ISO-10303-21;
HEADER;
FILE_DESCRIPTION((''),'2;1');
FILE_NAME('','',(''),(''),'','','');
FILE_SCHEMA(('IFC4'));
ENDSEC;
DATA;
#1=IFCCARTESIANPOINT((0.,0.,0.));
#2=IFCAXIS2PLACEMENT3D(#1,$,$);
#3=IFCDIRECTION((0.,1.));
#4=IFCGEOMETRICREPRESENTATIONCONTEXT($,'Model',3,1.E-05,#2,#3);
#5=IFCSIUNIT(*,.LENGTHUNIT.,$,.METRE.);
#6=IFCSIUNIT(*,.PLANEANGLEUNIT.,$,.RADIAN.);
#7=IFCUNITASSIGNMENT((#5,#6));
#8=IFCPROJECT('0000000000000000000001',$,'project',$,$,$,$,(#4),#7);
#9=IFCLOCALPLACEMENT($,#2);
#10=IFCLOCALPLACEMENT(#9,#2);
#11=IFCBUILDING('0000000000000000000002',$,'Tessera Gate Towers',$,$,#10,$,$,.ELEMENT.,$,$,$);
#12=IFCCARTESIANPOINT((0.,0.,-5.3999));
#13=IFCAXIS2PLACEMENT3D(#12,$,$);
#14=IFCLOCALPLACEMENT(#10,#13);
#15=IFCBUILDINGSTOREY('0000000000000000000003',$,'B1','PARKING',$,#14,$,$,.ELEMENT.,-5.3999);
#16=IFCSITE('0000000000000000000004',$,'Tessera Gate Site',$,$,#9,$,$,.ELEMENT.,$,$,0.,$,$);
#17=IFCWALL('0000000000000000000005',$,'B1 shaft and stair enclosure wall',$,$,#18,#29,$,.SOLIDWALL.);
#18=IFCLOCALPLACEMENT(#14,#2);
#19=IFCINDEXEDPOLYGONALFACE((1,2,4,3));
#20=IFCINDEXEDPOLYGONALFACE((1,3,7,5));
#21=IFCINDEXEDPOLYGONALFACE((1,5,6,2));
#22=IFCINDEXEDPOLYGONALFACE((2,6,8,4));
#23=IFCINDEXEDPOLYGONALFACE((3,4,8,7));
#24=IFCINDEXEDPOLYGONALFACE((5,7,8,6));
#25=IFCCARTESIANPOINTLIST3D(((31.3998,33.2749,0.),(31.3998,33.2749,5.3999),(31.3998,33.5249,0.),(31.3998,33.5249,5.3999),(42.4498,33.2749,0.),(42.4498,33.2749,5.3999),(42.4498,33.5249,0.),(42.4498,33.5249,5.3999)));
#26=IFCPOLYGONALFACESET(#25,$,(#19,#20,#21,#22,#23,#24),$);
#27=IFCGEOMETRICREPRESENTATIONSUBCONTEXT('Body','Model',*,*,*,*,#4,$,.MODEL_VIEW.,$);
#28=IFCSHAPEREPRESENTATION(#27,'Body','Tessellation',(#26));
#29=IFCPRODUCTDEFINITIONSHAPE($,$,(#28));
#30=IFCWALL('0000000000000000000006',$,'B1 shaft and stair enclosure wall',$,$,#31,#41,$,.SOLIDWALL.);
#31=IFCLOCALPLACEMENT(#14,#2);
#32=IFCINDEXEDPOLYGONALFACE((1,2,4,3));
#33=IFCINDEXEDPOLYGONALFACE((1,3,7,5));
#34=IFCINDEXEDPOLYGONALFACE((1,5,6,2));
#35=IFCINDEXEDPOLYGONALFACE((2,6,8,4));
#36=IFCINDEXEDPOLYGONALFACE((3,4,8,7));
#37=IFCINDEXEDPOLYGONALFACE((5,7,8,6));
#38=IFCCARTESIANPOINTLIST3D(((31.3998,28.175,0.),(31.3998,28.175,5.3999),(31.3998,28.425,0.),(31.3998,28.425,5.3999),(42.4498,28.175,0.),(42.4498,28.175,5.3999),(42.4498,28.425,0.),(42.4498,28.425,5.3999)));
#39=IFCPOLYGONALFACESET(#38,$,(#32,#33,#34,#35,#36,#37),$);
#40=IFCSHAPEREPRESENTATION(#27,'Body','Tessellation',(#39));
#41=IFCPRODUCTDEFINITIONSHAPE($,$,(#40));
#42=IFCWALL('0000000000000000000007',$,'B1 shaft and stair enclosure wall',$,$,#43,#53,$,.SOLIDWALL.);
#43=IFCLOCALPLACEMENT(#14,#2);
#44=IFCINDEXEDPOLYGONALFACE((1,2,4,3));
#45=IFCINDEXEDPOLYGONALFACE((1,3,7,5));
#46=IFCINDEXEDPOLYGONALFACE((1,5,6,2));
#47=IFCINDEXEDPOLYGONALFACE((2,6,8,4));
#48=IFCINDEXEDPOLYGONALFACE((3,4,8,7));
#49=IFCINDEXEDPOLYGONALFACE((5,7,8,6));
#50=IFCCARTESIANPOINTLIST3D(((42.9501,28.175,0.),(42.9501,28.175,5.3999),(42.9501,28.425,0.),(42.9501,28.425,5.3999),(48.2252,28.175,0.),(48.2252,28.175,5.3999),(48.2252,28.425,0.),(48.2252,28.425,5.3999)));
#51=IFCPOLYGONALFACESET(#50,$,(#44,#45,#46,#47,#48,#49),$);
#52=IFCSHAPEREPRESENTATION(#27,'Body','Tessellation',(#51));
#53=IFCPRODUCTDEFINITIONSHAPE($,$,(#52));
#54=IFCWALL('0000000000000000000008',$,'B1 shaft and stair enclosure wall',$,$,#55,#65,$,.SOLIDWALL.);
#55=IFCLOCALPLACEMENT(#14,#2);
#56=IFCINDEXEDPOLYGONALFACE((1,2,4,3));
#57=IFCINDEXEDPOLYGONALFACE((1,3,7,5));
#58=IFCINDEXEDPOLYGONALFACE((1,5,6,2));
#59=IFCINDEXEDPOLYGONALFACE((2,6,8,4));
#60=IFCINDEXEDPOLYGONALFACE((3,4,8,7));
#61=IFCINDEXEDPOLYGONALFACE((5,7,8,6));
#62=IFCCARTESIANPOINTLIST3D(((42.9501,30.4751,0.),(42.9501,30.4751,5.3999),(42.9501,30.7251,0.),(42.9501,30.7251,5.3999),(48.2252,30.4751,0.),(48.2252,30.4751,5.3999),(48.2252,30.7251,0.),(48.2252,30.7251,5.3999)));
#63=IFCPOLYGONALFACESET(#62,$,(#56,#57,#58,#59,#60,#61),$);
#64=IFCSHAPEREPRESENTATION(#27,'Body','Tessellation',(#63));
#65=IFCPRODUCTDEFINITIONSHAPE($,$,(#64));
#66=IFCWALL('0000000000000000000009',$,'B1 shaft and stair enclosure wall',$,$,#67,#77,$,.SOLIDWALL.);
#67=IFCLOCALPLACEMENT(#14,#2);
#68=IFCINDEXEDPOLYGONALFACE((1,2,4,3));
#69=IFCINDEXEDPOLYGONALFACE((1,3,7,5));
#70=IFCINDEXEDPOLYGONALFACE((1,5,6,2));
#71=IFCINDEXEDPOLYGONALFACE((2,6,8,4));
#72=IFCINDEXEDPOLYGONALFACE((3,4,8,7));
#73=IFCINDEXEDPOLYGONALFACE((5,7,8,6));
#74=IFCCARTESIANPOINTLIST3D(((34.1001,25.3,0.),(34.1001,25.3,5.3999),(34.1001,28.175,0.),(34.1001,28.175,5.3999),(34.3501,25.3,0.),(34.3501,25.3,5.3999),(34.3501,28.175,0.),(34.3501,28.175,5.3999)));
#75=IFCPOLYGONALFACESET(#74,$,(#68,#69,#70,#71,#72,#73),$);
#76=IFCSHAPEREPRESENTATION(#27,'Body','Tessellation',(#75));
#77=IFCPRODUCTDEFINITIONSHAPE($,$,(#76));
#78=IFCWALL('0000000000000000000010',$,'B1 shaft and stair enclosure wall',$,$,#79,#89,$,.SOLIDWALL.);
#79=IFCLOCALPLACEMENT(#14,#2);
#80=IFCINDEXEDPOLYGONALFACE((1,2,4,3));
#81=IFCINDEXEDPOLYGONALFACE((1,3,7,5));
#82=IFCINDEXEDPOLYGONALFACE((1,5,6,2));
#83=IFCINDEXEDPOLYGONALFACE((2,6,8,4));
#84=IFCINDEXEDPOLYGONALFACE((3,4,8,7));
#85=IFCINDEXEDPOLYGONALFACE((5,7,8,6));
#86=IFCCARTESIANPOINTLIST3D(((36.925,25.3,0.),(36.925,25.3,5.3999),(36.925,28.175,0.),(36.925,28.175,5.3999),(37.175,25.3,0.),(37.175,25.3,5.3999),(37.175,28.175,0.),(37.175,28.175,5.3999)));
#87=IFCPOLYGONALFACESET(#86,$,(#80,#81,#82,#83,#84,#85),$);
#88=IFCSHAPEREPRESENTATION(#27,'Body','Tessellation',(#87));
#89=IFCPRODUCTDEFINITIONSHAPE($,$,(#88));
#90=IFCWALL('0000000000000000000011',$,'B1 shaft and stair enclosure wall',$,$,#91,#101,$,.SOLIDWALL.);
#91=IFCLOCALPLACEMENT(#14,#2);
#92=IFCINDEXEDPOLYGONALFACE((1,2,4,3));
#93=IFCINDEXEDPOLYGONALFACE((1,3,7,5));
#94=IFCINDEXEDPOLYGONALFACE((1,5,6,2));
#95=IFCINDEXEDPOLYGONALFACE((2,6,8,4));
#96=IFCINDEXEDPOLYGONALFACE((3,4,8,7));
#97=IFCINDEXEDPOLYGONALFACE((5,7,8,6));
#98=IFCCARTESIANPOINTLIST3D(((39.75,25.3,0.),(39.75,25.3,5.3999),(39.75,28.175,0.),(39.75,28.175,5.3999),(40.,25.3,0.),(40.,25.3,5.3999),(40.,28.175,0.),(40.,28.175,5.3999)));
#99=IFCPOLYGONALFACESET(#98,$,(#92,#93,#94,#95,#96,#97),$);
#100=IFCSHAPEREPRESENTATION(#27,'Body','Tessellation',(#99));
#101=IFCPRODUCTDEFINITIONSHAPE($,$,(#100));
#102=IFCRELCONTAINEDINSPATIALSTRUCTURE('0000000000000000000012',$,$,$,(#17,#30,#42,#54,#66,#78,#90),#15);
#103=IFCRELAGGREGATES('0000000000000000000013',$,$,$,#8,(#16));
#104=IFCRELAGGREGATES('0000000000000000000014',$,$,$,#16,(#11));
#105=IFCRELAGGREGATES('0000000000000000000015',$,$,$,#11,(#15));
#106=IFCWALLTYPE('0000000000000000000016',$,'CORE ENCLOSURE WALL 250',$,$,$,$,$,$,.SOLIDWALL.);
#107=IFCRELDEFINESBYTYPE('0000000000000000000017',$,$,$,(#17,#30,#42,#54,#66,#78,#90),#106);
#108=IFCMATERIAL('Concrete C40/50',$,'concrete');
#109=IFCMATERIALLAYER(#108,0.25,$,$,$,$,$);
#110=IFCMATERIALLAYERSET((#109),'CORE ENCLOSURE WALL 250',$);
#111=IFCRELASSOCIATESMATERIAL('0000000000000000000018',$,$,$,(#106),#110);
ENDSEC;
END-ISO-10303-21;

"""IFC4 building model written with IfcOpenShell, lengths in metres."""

from ifc_helpers import new_model, si_unit, direction, frame, frame_2d, origin, place, context, subcontext, project, spatial, rectangle, extrude, material, layer, layer_set, type_object, element, save


model = new_model("IFC4")

# Units and contexts
model_context = context("Model", 3, precision=1e-05, world=origin(), true_north=direction((0.0, 1.0)))
body_context = subcontext(model_context, "Body", "Model", "MODEL_VIEW")
ifc_project = project(units=[si_unit("LENGTHUNIT", "METRE"), si_unit("PLANEANGLEUNIT", "RADIAN")], contexts=[model_context])

# Site, building, storey
site_placement = place(None, origin())
site = spatial("IfcSite", under=ifc_project, at=site_placement, Name="Tessera Gate Site", CompositionType="ELEMENT", RefElevation=0.0)
building_placement = place(site_placement, origin())
building = spatial("IfcBuilding", under=site, at=building_placement, Name="Tessera Gate Towers", CompositionType="ELEMENT")
storey_placement = place(building_placement, frame((0.0, 0.0, -5.3999)))
storey = spatial("IfcBuildingStorey", under=building, at=storey_placement, Name="B1", Description="PARKING", CompositionType="ELEMENT", Elevation=-5.3999)

# Walls
ifc_material_1 = material(Name="Concrete C40/50", Category="concrete")
ifc_layer_1 = layer(ifc_material_1, 0.25)
ifc_layer_set_1 = layer_set([ifc_layer_1], Name="CORE ENCLOSURE WALL 250")
wall_type_1 = type_object("IfcWallType", Name="CORE ENCLOSURE WALL 250", PredefinedType="SOLIDWALL", material=ifc_layer_set_1)
for number, where, z_axis, x_axis, name in (
    (1, (31.3999, 33.3999, 0.0), (0.0, 0.0, 1.0), (1.0, 0.0, 0.0), "B1 shaft and stair enclosure wall"),
    (2, (31.3999, 28.3, 0.0), (0.0, 0.0, 1.0), (1.0, 0.0, 0.0), "B1 shaft and stair enclosure wall"),
):
    element("IfcWall", number, at=place(storey_placement, frame(where, z_axis=z_axis, x_axis=x_axis)), inside=storey, type_object=wall_type_1, Name=name, PredefinedType="SOLIDWALL", context=body_context, shape_type="SweptSolid", body=[
        extrude(rectangle(XDim=11.05, YDim=0.25, at=frame_2d((5.5249, 0.0))), origin(), (0.0, 0.0, 1.0), 5.3999),
    ])
for number, where, z_axis, x_axis, name in (
    (3, (42.95, 28.3, 0.0), (0.0, 0.0, 1.0), (1.0, 0.0, 0.0), "B1 shaft and stair enclosure wall"),
    (4, (42.95, 30.6001, 0.0), (0.0, 0.0, 1.0), (1.0, 0.0, 0.0), "B1 shaft and stair enclosure wall"),
):
    element("IfcWall", number, at=place(storey_placement, frame(where, z_axis=z_axis, x_axis=x_axis)), inside=storey, type_object=wall_type_1, Name=name, PredefinedType="SOLIDWALL", context=body_context, shape_type="SweptSolid", body=[
        extrude(rectangle(XDim=5.2751, YDim=0.25, at=frame_2d((2.6377, 0.0))), origin(), (0.0, 0.0, 1.0), 5.3999),
    ])
for number, where, z_axis, x_axis, name in (
    (5, (34.2251, 25.3, 0.0), (0.0, 0.0, 1.0), (0.0, 1.0, 0.0), "B1 shaft and stair enclosure wall"),
    (6, (37.05, 25.3, 0.0), (0.0, 0.0, 1.0), (0.0, 1.0, 0.0), "B1 shaft and stair enclosure wall"),
    (7, (39.875, 25.3, 0.0), (0.0, 0.0, 1.0), (0.0, 1.0, 0.0), "B1 shaft and stair enclosure wall"),
):
    element("IfcWall", number, at=place(storey_placement, frame(where, z_axis=z_axis, x_axis=x_axis)), inside=storey, type_object=wall_type_1, Name=name, PredefinedType="SOLIDWALL", context=body_context, shape_type="SweptSolid", body=[
        extrude(rectangle(XDim=2.875, YDim=0.25, at=frame_2d((1.4375, 0.0))), origin(), (0.0, 0.0, 1.0), 5.3999),
    ])

save(model, "model.ifc")
